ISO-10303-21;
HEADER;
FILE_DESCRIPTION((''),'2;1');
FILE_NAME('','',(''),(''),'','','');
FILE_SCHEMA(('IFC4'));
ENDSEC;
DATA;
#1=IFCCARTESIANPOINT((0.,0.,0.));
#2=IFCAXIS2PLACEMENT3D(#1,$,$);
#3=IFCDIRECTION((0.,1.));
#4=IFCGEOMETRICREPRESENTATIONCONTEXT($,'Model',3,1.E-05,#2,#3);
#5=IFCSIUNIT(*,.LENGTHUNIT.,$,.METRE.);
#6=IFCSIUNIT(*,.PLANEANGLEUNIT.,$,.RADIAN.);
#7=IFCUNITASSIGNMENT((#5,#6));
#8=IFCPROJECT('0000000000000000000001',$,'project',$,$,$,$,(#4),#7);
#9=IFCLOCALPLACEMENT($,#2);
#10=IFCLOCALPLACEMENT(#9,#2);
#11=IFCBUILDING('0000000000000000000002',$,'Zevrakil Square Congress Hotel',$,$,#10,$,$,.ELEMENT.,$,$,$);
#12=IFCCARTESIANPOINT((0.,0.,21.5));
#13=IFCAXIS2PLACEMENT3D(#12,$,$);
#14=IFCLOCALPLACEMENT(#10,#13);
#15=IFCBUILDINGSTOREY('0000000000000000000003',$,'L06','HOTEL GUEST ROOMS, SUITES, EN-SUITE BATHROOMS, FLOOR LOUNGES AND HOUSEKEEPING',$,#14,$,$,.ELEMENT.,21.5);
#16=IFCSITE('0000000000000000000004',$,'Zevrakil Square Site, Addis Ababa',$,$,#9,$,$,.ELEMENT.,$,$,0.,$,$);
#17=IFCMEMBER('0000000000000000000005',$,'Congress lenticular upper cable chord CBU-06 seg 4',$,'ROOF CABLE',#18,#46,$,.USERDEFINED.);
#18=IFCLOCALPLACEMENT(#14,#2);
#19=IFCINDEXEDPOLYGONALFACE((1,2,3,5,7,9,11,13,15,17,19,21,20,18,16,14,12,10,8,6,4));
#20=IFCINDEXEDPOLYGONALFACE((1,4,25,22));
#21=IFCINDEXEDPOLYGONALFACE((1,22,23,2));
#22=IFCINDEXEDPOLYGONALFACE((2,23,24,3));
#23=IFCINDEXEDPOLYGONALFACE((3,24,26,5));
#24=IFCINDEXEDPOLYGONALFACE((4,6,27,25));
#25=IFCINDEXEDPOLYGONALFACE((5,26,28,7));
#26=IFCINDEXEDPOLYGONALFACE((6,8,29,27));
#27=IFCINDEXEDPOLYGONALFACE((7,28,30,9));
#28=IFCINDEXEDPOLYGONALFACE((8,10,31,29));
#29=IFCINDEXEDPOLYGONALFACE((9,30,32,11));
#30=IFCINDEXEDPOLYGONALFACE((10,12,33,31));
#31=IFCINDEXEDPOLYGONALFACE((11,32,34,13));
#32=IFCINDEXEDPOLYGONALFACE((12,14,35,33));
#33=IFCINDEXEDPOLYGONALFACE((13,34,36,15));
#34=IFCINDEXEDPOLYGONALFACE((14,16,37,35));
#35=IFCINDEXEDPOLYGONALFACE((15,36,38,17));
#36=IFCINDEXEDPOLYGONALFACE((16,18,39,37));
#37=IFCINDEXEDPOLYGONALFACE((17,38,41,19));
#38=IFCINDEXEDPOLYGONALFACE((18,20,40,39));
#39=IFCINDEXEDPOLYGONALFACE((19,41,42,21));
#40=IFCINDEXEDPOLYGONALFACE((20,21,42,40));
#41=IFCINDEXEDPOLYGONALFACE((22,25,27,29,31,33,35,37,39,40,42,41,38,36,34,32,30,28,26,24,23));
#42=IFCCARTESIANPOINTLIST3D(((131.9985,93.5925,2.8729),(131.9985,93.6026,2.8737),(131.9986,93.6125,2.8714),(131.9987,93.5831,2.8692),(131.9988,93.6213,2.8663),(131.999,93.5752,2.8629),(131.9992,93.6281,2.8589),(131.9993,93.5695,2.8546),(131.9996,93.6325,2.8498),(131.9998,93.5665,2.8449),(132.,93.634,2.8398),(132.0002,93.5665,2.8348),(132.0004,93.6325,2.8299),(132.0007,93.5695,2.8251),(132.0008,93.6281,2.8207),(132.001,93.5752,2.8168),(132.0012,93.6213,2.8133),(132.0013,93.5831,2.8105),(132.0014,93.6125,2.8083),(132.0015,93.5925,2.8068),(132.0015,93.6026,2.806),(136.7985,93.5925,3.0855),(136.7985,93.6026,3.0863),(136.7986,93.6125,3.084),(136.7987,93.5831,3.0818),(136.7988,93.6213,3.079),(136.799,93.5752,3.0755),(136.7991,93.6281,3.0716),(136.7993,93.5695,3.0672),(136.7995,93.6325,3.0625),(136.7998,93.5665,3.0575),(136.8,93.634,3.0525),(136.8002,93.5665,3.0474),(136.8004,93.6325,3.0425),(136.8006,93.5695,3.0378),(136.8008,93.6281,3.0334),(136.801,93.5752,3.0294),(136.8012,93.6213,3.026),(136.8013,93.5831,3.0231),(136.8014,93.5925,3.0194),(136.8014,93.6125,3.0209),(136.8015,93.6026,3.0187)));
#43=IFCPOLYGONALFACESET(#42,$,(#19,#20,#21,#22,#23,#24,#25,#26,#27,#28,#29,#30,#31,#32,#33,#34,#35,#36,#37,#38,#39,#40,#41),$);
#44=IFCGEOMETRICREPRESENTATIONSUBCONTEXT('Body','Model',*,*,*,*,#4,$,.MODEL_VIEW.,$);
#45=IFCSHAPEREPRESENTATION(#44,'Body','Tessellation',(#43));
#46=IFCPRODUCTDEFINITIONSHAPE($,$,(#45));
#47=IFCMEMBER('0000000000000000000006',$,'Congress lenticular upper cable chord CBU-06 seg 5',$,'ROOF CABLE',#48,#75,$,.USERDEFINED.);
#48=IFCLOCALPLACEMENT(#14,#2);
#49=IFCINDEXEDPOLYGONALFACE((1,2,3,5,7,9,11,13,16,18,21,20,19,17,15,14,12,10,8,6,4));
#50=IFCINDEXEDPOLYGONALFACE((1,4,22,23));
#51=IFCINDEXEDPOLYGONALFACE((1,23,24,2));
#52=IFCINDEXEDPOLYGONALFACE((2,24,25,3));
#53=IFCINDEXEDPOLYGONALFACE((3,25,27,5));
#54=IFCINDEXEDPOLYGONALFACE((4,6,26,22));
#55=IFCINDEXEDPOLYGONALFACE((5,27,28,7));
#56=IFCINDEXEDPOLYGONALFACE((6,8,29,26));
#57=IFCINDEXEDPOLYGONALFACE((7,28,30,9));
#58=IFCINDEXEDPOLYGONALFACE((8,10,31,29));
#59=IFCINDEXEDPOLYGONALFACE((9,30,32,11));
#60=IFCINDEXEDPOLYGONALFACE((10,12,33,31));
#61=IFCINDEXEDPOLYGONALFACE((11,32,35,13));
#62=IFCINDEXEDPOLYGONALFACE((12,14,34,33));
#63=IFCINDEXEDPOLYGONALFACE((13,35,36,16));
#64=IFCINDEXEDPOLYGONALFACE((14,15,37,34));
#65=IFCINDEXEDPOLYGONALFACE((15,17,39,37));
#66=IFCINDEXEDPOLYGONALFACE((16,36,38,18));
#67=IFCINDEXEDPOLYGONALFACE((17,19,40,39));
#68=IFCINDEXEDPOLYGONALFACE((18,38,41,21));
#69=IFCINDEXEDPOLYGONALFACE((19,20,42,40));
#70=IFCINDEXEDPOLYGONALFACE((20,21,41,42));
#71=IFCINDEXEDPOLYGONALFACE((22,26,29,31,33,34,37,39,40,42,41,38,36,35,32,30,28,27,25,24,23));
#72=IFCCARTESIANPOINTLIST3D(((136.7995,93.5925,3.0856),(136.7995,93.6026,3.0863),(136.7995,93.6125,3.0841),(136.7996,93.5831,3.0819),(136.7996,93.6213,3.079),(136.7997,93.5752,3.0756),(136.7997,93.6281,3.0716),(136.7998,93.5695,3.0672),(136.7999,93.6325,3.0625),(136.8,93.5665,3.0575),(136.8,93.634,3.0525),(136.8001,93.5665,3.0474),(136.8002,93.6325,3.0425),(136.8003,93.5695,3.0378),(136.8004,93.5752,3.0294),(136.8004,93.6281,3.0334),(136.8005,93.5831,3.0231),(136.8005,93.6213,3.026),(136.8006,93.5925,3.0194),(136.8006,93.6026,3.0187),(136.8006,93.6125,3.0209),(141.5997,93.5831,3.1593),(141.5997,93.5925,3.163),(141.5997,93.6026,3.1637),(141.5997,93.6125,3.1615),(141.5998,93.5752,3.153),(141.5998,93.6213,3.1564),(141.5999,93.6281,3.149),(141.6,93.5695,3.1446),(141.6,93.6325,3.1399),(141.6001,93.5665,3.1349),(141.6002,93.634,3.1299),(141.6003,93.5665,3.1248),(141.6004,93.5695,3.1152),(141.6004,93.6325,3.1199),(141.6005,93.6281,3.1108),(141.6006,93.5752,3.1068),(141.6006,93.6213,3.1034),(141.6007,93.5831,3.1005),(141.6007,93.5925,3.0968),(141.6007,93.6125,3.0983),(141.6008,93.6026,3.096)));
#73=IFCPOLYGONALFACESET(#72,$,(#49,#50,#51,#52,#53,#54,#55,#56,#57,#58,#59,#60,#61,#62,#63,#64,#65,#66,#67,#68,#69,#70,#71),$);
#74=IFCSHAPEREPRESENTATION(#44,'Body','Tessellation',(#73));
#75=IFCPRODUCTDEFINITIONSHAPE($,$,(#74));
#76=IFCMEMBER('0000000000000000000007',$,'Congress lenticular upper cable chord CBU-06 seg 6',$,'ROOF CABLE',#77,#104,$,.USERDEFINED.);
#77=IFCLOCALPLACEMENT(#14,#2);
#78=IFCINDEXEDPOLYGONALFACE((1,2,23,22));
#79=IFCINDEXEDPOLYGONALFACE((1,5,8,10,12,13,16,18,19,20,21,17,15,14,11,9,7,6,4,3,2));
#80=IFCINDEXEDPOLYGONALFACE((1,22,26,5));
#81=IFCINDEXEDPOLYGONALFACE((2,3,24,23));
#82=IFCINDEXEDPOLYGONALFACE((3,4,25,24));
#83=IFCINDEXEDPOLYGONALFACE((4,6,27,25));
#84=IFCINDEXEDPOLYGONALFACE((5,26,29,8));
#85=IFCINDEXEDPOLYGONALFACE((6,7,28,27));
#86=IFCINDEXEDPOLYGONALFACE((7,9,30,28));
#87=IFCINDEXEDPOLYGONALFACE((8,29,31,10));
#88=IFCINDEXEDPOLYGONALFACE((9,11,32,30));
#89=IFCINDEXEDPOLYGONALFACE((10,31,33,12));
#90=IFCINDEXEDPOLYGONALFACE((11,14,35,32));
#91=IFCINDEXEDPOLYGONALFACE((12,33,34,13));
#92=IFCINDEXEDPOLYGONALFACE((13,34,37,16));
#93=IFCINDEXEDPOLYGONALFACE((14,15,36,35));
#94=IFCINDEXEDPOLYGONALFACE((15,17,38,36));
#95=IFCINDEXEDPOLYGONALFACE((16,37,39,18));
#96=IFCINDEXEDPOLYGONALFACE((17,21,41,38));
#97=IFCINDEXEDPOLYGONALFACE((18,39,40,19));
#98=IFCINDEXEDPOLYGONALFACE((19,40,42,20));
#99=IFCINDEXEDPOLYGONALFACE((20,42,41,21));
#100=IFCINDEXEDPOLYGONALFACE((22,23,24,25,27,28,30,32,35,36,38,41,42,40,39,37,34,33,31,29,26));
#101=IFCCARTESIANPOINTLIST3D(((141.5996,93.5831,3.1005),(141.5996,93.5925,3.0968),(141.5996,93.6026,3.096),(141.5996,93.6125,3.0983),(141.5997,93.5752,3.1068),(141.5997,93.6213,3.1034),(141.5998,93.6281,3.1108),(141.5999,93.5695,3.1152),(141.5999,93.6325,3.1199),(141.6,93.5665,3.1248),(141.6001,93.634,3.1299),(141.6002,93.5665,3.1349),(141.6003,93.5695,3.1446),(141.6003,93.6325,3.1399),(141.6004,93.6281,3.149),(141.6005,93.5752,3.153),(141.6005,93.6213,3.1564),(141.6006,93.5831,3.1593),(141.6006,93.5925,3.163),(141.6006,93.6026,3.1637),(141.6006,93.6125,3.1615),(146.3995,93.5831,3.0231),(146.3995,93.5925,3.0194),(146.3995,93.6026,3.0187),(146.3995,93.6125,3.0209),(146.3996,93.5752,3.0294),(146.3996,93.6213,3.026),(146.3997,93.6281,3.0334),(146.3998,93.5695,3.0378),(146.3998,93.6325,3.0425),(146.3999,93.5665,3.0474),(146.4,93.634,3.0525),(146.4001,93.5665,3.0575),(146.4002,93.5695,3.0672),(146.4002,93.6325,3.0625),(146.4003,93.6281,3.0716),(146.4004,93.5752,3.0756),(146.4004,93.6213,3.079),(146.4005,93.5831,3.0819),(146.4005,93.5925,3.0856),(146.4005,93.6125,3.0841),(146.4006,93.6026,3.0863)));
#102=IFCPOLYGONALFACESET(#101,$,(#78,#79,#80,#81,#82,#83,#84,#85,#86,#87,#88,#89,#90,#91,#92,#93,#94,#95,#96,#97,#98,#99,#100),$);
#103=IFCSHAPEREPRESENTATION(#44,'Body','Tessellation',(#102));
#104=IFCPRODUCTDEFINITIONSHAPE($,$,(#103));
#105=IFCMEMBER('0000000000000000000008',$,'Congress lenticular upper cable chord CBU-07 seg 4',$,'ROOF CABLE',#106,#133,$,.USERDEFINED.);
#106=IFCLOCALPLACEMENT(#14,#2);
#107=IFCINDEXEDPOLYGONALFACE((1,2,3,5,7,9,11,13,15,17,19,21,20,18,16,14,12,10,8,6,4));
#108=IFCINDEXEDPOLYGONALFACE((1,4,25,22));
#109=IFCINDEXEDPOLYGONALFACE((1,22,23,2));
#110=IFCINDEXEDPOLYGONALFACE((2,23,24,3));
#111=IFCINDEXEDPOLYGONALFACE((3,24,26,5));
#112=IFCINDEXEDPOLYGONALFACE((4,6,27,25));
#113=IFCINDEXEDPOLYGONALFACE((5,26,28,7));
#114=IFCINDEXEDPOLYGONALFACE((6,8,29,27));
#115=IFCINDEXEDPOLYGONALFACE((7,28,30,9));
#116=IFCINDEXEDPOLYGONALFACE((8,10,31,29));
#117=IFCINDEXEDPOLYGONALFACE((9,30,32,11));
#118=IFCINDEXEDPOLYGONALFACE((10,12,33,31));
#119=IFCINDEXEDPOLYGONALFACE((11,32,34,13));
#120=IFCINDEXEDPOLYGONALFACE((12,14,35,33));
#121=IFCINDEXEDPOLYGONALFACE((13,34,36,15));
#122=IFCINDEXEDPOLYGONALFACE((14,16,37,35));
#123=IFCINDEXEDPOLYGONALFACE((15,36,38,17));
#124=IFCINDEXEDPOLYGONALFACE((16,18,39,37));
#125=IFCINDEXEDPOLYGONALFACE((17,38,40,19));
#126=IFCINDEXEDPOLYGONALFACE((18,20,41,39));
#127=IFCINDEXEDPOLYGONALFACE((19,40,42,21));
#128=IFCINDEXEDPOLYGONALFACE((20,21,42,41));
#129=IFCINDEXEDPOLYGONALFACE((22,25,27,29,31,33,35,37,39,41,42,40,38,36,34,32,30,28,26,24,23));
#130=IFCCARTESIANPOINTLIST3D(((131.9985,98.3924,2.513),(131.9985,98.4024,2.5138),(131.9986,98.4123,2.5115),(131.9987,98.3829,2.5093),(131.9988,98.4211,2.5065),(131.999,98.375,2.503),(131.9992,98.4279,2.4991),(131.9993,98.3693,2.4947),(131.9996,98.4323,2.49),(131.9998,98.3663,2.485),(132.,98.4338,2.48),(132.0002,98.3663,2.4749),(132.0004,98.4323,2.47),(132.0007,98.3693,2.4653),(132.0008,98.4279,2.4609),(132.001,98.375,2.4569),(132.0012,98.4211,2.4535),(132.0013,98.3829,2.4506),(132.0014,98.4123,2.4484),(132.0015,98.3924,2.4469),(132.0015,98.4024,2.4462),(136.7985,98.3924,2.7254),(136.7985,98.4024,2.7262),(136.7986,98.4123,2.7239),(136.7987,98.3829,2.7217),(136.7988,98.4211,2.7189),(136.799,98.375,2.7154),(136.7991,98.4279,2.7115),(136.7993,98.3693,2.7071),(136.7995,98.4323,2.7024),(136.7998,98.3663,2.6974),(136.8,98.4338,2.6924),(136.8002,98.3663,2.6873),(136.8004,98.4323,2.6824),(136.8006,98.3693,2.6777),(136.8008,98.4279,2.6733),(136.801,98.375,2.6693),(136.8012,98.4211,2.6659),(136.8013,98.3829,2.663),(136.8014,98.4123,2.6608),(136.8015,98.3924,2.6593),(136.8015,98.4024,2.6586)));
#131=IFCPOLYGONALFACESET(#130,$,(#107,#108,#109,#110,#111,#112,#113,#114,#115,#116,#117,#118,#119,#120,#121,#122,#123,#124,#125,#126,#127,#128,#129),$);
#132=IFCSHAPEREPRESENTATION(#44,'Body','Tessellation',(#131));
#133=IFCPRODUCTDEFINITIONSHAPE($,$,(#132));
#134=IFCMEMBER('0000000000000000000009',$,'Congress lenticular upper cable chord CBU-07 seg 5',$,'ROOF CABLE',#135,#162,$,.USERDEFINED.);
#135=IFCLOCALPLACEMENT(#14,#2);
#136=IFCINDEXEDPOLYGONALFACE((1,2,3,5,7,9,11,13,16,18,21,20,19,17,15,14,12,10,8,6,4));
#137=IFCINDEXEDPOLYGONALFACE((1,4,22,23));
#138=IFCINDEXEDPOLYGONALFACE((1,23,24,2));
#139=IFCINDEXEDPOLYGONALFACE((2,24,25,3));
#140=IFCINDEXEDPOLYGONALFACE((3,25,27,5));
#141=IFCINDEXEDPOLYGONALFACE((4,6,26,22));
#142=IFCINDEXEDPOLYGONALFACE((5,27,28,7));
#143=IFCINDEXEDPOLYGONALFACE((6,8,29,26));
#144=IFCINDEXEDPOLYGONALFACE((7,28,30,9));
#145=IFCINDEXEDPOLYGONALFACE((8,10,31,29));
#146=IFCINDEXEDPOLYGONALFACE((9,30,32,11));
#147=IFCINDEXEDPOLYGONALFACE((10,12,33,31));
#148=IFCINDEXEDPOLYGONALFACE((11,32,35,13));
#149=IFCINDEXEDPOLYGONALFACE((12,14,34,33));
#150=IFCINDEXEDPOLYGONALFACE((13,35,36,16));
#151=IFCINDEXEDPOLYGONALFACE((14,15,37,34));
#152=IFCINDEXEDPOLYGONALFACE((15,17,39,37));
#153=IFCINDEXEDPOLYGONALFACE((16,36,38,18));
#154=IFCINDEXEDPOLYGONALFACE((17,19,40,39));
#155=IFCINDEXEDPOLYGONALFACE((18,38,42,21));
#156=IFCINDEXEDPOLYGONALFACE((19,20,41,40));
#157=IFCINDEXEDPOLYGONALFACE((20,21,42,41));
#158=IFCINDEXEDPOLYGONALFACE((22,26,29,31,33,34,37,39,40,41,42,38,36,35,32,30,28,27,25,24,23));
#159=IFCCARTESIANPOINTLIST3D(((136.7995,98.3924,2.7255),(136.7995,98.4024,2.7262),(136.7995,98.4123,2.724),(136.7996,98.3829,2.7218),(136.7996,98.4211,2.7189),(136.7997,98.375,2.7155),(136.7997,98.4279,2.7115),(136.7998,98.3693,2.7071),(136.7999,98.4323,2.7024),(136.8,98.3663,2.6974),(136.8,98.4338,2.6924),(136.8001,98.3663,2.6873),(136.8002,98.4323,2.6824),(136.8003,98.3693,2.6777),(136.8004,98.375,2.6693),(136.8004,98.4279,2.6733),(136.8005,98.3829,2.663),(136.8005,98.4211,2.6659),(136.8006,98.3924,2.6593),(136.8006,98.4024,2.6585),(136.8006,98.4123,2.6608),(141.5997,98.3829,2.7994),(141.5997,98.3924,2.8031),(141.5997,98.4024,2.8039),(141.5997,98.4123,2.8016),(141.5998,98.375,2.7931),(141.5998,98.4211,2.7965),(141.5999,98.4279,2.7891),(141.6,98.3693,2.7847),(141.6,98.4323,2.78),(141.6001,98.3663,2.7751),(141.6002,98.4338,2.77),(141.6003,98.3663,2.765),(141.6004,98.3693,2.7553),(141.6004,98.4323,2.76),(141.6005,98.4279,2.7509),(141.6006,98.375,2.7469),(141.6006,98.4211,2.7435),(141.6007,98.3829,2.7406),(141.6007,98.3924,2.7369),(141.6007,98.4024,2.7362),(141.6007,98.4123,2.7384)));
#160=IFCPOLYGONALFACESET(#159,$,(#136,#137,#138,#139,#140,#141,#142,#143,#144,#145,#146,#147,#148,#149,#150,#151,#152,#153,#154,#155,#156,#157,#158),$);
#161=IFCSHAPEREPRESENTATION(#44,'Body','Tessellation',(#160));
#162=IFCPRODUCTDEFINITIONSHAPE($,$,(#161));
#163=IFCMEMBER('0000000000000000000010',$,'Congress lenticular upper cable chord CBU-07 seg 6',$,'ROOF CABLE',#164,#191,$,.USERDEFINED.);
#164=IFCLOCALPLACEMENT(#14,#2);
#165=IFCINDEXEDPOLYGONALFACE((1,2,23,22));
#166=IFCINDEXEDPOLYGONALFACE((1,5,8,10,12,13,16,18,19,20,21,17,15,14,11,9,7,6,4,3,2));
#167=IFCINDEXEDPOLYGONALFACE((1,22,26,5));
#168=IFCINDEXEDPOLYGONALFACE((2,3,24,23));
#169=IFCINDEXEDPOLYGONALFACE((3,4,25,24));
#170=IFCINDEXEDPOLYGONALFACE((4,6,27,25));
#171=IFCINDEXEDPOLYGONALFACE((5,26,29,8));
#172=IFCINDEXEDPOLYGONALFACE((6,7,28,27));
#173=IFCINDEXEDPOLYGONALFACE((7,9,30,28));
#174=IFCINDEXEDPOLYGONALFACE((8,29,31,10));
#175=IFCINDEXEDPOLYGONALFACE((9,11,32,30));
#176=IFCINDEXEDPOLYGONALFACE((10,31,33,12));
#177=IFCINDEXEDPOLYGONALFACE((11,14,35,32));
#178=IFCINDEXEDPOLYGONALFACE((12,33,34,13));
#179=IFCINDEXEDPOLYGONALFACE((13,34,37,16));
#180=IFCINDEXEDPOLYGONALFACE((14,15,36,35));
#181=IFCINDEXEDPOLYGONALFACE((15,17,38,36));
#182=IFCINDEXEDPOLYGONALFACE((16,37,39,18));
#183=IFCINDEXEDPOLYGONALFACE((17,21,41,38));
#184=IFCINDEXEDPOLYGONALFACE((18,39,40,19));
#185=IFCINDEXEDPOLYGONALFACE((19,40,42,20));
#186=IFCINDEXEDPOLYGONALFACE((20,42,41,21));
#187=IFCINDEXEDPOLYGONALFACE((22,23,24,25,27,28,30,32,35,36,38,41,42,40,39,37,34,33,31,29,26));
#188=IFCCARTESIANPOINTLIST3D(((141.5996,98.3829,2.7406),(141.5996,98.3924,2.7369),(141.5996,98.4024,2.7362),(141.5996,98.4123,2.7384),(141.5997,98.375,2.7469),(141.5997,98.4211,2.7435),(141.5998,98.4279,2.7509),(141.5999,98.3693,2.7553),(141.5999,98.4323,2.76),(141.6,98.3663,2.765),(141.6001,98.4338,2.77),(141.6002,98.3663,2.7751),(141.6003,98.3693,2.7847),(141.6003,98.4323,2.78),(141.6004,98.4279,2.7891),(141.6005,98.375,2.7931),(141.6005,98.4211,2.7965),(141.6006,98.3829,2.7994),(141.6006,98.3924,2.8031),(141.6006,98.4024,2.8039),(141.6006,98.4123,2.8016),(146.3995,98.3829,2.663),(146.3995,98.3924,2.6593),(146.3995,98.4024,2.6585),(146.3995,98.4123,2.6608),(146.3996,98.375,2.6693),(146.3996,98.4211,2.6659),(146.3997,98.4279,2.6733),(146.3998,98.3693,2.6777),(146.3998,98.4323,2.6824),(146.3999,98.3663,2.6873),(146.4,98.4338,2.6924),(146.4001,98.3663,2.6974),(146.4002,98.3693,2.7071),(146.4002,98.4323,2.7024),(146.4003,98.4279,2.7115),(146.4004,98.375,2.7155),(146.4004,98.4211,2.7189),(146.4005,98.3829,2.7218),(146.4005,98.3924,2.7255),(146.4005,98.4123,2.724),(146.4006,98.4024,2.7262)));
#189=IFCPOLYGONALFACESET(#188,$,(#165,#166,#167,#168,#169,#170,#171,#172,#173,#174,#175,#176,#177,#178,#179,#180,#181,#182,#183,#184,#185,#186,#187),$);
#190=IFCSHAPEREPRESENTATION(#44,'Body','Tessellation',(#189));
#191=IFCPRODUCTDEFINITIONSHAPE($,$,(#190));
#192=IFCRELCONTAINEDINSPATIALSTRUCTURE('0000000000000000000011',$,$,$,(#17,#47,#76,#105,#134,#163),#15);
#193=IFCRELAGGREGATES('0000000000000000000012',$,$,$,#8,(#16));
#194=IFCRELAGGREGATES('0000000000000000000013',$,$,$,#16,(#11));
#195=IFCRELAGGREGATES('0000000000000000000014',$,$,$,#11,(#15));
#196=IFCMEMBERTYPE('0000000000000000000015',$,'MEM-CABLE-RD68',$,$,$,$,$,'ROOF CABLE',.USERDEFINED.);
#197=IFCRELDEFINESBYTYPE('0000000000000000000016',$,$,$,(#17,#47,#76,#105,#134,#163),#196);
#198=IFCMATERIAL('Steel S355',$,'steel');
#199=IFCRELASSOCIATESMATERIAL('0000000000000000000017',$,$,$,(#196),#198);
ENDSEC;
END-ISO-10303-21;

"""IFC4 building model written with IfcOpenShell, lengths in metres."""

from ifc_helpers import new_model, si_unit, direction, frame, origin, origin_2d, place, context, subcontext, project, spatial, circle, extrude, material, material_profile, profile_set, type_object, element, save


model = new_model("IFC4")

# Units and contexts
model_context = context("Model", 3, precision=1e-05, world=origin(), true_north=direction((0.0, 1.0)))
body_context = subcontext(model_context, "Body", "Model", "MODEL_VIEW")
ifc_project = project(units=[si_unit("LENGTHUNIT", "METRE"), si_unit("PLANEANGLEUNIT", "RADIAN")], contexts=[model_context])

# Site, building, storey
site_placement = place(None, origin())
site = spatial("IfcSite", under=ifc_project, at=site_placement, Name="Zevrakil Square Site, Addis Ababa", CompositionType="ELEMENT", RefElevation=0.0)
building_placement = place(site_placement, origin())
building = spatial("IfcBuilding", under=site, at=building_placement, Name="Zevrakil Square Congress Hotel", CompositionType="ELEMENT")
storey_placement = place(building_placement, frame((0.0, 0.0, 21.5)))
storey = spatial("IfcBuildingStorey", under=building, at=storey_placement, Name="L06", Description="HOTEL GUEST ROOMS, SUITES, EN-SUITE BATHROOMS, FLOOR LOUNGES AND HOUSEKEEPING", CompositionType="ELEMENT", Elevation=21.5)

# Members
ifc_material_1 = material(Name="Steel S355", Category="steel")
ifc_material_profile_1 = material_profile(ifc_material_1, circle(Radius=0.0339, at=origin_2d()), Name="CABLE RD68")
ifc_profile_set_1 = profile_set([ifc_material_profile_1], Name="Steel S355")
member_type_1 = type_object("IfcMemberType", Name="MEM-CABLE-RD68", ElementType="ROOF CABLE", PredefinedType="USERDEFINED", material=ifc_profile_set_1)
member_1_placement = place(storey_placement, frame((132.0, 93.6001, 2.8398), z_axis=(0.99902, 0.0, 0.044257), x_axis=(0.0, 1.0, 0.0)))
element("IfcMember", 1, at=member_1_placement, inside=storey, type_object=member_type_1, Name="Congress lenticular upper cable chord CBU-06 seg 4", ObjectType="ROOF CABLE", PredefinedType="USERDEFINED", context=body_context, shape_type="SweptSolid", body=[
    extrude(circle(Radius=0.0339, at=origin_2d()), origin(), (0.0, 0.0, 1.0), 4.8047),
])
member_2_placement = place(storey_placement, frame((136.8, 93.6001, 3.0525), z_axis=(0.99987, 0.0, 0.016121), x_axis=(0.0, 1.0, 0.0)))
element("IfcMember", 2, at=member_2_placement, inside=storey, type_object=member_type_1, Name="Congress lenticular upper cable chord CBU-06 seg 5", ObjectType="ROOF CABLE", PredefinedType="USERDEFINED", context=body_context, shape_type="SweptSolid", body=[
    extrude(circle(Radius=0.0339, at=origin_2d()), origin(), (0.0, 0.0, 1.0), 4.8008),
])
member_3_placement = place(storey_placement, frame((141.6001, 93.6001, 3.1299), z_axis=(0.99987, 0.0, -0.016122), x_axis=(0.0, 1.0, 0.0)))
element("IfcMember", 3, at=member_3_placement, inside=storey, type_object=member_type_1, Name="Congress lenticular upper cable chord CBU-06 seg 6", ObjectType="ROOF CABLE", PredefinedType="USERDEFINED", context=body_context, shape_type="SweptSolid", body=[
    extrude(circle(Radius=0.0339, at=origin_2d()), origin(), (0.0, 0.0, 1.0), 4.8005),
])
member_4_placement = place(storey_placement, frame((132.0, 98.3999, 2.48), z_axis=(0.999022, 0.0, 0.044207), x_axis=(0.0, 1.0, 0.0)))
element("IfcMember", 4, at=member_4_placement, inside=storey, type_object=member_type_1, Name="Congress lenticular upper cable chord CBU-07 seg 4", ObjectType="ROOF CABLE", PredefinedType="USERDEFINED", context=body_context, shape_type="SweptSolid", body=[
    extrude(circle(Radius=0.0339, at=origin_2d()), origin(), (0.0, 0.0, 1.0), 4.8047),
])
member_5_placement = place(storey_placement, frame((136.8, 98.3999, 2.6924), z_axis=(0.999869, 0.0, 0.016172), x_axis=(0.0, 1.0, 0.0)))
element("IfcMember", 5, at=member_5_placement, inside=storey, type_object=member_type_1, Name="Congress lenticular upper cable chord CBU-07 seg 5", ObjectType="ROOF CABLE", PredefinedType="USERDEFINED", context=body_context, shape_type="SweptSolid", body=[
    extrude(circle(Radius=0.0339, at=origin_2d()), origin(), (0.0, 0.0, 1.0), 4.8008),
])
member_6_placement = place(storey_placement, frame((141.6001, 98.3999, 2.77), z_axis=(0.999869, 0.0, -0.016173), x_axis=(0.0, 1.0, 0.0)))
element("IfcMember", 6, at=member_6_placement, inside=storey, type_object=member_type_1, Name="Congress lenticular upper cable chord CBU-07 seg 6", ObjectType="ROOF CABLE", PredefinedType="USERDEFINED", context=body_context, shape_type="SweptSolid", body=[
    extrude(circle(Radius=0.0339, at=origin_2d()), origin(), (0.0, 0.0, 1.0), 4.8005),
])

save(model, "model.ifc")
